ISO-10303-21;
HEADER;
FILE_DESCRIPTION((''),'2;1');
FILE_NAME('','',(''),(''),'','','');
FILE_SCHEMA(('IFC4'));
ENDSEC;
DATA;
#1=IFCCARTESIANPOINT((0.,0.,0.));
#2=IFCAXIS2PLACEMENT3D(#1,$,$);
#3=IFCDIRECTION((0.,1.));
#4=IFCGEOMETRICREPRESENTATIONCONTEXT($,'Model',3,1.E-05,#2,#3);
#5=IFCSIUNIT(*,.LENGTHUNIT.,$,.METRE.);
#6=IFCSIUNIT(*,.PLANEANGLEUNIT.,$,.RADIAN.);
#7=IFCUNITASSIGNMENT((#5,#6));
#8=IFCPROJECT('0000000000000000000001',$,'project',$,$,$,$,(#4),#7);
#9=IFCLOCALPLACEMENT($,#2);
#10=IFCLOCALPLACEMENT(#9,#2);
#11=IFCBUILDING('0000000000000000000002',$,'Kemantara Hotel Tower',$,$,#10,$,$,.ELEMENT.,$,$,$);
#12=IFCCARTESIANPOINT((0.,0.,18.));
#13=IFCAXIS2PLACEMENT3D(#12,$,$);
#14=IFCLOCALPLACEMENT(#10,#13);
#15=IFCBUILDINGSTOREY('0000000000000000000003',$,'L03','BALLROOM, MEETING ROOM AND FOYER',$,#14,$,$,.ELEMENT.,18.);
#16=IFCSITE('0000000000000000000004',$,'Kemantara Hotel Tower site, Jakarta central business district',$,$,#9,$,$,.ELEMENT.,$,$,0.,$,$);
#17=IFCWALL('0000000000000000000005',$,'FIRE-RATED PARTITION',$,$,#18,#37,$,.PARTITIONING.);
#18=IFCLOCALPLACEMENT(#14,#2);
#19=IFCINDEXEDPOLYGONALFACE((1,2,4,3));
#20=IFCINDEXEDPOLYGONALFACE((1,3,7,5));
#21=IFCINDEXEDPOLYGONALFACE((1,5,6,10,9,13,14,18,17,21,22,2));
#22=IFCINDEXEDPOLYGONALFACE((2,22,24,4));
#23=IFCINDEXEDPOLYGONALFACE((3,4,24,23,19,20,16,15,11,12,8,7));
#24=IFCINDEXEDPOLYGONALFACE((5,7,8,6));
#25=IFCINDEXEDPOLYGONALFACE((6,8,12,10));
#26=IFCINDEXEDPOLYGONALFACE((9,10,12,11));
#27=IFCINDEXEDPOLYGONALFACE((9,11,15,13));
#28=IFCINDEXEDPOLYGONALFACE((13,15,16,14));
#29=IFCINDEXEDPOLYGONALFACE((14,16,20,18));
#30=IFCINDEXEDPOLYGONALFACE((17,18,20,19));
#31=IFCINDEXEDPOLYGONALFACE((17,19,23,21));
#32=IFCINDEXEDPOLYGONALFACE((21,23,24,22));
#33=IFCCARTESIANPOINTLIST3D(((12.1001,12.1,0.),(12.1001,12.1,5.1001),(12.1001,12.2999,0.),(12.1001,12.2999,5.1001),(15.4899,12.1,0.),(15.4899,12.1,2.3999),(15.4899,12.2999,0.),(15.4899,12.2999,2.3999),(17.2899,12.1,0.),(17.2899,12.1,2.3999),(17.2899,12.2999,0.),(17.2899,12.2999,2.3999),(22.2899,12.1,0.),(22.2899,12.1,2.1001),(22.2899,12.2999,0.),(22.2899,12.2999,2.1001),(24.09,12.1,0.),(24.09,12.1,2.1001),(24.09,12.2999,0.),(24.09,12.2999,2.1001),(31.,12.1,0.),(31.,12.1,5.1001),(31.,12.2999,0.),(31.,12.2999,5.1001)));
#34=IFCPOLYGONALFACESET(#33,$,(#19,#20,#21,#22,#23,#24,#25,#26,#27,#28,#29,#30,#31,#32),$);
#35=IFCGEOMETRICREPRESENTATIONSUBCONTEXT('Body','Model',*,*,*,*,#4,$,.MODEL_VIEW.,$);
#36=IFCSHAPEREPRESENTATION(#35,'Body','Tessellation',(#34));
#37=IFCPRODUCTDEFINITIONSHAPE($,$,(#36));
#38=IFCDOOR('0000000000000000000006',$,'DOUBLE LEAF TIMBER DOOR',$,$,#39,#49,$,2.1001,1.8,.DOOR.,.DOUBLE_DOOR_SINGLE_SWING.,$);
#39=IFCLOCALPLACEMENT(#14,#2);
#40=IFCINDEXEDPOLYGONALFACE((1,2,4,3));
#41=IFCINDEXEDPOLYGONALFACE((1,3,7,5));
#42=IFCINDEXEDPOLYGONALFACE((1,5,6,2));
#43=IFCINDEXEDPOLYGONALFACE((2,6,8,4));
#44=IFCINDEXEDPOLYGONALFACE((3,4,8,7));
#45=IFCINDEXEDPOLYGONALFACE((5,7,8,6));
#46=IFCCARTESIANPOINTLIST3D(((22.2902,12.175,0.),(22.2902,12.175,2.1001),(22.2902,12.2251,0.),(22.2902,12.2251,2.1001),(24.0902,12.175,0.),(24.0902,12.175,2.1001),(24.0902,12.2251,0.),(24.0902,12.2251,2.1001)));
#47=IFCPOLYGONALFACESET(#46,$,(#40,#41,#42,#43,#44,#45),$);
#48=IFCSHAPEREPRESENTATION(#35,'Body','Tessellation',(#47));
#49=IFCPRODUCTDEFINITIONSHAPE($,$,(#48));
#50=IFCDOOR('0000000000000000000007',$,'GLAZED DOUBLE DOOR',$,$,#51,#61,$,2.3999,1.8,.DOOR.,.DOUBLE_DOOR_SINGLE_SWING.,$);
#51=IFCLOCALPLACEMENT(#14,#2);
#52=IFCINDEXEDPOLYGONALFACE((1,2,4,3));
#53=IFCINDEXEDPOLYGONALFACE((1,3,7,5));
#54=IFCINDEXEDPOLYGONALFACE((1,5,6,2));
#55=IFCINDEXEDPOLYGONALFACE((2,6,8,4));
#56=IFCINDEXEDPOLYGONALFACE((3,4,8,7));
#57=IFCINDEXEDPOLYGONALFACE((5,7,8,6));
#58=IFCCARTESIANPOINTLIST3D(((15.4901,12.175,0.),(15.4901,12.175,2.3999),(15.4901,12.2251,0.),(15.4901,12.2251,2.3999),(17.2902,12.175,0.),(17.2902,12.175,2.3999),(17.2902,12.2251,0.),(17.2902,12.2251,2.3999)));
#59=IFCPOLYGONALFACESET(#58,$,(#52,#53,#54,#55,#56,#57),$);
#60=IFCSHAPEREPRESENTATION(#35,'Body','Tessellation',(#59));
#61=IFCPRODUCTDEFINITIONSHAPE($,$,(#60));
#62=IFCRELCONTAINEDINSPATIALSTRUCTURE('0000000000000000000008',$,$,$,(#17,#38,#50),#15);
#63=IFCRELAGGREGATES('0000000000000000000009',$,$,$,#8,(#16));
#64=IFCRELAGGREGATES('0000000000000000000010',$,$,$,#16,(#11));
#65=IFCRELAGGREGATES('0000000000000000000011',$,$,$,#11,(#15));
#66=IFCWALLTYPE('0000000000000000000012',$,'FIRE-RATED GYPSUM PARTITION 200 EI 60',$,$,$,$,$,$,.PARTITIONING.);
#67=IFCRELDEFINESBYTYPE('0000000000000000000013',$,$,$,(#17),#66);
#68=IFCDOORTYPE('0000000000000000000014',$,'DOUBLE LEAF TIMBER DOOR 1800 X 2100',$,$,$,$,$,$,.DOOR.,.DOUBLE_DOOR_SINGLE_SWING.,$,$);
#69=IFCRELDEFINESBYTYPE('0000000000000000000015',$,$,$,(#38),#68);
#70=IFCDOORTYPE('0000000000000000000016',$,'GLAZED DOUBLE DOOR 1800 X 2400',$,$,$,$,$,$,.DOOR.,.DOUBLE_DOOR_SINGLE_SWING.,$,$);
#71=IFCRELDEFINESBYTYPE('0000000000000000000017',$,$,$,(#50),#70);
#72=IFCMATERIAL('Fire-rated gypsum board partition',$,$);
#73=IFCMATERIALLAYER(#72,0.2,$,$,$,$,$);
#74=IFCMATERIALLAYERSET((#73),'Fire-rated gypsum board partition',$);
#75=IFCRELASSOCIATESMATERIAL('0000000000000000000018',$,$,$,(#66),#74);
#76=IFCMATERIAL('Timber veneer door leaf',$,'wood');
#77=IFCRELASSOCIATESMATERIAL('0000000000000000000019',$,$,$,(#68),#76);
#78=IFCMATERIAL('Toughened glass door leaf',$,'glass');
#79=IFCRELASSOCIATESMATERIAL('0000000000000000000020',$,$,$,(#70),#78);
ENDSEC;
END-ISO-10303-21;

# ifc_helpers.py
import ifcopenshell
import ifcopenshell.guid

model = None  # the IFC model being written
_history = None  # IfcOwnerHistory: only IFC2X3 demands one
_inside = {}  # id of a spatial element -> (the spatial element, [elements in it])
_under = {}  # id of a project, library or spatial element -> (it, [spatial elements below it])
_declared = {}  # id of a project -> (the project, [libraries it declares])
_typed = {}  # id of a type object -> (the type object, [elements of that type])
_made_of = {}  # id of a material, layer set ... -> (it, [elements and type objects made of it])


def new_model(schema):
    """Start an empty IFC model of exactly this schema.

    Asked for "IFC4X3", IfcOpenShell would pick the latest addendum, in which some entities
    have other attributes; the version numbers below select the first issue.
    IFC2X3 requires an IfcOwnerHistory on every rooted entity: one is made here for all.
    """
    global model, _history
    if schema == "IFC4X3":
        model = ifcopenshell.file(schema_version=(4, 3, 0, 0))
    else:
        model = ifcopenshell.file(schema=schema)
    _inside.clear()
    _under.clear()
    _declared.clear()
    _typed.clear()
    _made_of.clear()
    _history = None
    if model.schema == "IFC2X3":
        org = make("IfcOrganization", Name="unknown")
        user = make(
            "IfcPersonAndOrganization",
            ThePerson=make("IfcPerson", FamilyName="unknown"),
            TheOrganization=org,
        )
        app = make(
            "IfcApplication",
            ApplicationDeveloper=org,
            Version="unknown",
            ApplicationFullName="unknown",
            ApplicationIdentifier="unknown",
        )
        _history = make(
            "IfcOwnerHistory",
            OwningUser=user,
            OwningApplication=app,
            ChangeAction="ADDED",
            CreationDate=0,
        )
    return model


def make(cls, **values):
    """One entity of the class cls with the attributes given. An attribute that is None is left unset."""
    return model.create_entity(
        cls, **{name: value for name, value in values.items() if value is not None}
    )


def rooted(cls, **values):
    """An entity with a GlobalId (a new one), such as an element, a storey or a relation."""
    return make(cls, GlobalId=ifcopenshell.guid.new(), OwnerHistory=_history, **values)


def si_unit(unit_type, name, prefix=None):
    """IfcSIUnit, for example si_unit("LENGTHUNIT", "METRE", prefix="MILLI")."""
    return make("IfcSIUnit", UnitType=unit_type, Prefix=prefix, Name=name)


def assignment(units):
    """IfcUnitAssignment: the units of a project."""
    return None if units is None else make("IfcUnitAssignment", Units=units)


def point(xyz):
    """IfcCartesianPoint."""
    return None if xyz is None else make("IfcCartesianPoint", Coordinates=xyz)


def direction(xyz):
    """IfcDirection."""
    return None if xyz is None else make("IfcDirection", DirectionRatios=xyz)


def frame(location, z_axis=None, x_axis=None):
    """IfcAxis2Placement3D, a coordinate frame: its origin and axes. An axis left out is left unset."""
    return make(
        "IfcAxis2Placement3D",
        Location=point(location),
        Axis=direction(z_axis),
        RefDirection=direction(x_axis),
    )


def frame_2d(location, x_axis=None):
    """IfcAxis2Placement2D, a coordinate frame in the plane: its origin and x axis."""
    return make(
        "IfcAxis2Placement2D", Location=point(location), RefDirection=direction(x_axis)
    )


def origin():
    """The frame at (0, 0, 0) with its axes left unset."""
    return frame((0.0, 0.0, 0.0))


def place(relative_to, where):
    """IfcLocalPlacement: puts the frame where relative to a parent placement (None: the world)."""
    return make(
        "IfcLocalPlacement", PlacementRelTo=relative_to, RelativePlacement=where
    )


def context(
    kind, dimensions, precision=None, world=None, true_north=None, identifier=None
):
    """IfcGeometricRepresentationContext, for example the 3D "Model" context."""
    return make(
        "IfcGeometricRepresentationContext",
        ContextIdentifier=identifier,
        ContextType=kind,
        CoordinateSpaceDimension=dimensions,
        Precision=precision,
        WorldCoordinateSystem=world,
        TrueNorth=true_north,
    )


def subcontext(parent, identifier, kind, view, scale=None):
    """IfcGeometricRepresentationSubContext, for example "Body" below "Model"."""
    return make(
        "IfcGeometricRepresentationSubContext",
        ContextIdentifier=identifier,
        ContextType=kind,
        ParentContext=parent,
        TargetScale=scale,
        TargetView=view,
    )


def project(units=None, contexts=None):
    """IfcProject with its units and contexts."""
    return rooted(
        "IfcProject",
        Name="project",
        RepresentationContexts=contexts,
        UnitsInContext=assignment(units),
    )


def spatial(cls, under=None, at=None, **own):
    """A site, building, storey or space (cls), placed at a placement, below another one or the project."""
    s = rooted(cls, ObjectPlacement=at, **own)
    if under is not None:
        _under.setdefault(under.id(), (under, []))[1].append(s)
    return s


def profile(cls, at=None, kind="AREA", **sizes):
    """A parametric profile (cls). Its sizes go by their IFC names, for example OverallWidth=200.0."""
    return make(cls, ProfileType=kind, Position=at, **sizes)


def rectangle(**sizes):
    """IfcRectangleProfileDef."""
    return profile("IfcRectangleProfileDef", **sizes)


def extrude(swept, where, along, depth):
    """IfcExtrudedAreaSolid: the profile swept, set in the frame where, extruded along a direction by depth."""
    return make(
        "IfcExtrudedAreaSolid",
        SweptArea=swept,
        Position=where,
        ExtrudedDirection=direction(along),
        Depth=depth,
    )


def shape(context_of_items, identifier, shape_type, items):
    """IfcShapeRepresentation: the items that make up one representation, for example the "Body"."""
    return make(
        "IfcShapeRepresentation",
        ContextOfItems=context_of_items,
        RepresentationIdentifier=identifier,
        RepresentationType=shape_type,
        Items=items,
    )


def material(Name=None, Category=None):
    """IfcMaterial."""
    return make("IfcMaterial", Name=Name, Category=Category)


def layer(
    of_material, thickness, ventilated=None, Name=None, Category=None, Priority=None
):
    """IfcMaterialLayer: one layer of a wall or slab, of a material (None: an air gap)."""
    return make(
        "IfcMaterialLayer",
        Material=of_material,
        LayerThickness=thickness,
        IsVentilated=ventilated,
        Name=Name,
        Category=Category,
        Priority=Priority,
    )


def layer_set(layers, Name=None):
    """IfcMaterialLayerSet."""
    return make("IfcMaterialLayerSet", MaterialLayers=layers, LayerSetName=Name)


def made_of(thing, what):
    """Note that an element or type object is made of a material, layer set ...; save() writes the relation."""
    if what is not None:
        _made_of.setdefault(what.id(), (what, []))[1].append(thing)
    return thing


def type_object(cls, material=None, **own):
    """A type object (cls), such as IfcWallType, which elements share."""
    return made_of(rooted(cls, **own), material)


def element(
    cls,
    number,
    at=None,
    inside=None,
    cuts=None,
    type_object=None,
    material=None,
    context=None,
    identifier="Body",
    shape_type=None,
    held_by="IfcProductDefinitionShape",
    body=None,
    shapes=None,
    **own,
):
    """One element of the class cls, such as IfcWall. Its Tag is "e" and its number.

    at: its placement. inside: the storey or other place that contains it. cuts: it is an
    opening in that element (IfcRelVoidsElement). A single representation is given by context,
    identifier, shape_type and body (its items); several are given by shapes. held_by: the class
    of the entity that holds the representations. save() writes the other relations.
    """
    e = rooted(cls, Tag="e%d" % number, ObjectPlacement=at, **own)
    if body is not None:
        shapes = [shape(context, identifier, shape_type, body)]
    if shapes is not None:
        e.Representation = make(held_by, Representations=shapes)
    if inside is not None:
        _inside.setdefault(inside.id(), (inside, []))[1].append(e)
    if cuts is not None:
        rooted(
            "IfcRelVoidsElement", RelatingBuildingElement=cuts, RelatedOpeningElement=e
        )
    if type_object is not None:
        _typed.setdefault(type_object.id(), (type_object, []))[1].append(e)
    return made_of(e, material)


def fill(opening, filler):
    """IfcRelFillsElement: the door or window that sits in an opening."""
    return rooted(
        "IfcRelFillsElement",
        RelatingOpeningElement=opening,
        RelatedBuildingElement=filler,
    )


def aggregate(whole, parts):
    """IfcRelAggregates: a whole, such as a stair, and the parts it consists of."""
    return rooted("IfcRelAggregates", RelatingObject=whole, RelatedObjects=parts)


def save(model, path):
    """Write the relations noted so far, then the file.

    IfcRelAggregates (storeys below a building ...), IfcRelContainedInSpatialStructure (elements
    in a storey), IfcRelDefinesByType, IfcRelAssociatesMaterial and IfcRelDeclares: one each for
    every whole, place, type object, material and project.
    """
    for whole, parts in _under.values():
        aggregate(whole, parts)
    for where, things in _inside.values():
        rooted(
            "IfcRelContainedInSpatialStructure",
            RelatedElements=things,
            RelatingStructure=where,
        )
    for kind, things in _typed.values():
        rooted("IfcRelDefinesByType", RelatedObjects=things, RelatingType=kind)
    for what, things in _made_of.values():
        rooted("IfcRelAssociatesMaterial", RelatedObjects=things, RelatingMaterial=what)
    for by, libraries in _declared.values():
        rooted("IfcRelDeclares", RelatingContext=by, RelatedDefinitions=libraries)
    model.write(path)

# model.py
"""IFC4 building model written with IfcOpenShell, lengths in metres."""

from ifc_helpers import new_model, si_unit, direction, frame, frame_2d, origin, place, context, subcontext, project, spatial, rectangle, extrude, material, layer, layer_set, type_object, element, fill, save


model = new_model("IFC4")

# Units and contexts
model_context = context("Model", 3, precision=1e-05, world=origin(), true_north=direction((0.0, 1.0)))
body_context = subcontext(model_context, "Body", "Model", "MODEL_VIEW")
ifc_project = project(units=[si_unit("LENGTHUNIT", "METRE"), si_unit("PLANEANGLEUNIT", "RADIAN")], contexts=[model_context])

# Site, building, storey
site_placement = place(None, origin())
site = spatial("IfcSite", under=ifc_project, at=site_placement, Name="Kemantara Hotel Tower site, Jakarta central business district", CompositionType="ELEMENT", RefElevation=0.0)
building_placement = place(site_placement, origin())
building = spatial("IfcBuilding", under=site, at=building_placement, Name="Kemantara Hotel Tower", CompositionType="ELEMENT")
storey_placement = place(building_placement, frame((0.0, 0.0, 18.0)))
storey = spatial("IfcBuildingStorey", under=building, at=storey_placement, Name="L03", Description="BALLROOM, MEETING ROOM AND FOYER", CompositionType="ELEMENT", Elevation=18.0)

# Wall, openings, doors
ifc_material_1 = material(Name="Fire-rated gypsum board partition")
ifc_layer_1 = layer(ifc_material_1, 0.2)
ifc_layer_set_1 = layer_set([ifc_layer_1], Name="Fire-rated gypsum board partition")
wall_type_1 = type_object("IfcWallType", Name="FIRE-RATED GYPSUM PARTITION 200 EI 60", PredefinedType="PARTITIONING", material=ifc_layer_set_1)
wall_1_placement = place(storey_placement, frame((12.1001, 12.2, 0.0), z_axis=(0.0, 0.0, 1.0), x_axis=(1.0, 0.0, 0.0)))
wall_1 = element("IfcWall", 1, at=wall_1_placement, inside=storey, type_object=wall_type_1, Name="FIRE-RATED PARTITION", PredefinedType="PARTITIONING", context=body_context, shape_type="SweptSolid", body=[
    extrude(rectangle(XDim=18.8999, YDim=0.2, at=frame_2d((9.45, 0.0))), origin(), (0.0, 0.0, 1.0), 5.1001),
])
opening_1_placement = place(wall_1_placement, frame((3.3899, 0.0, 0.0)))
opening_1 = element("IfcOpeningElement", 2, at=opening_1_placement, cuts=wall_1, PredefinedType="OPENING", context=body_context, shape_type="SweptSolid", body=[
    extrude(rectangle(XDim=1.8, YDim=2.3999, at=frame_2d((0.8999, 1.2))), frame((0.0, 0.1099, 0.0), z_axis=(0.0, -1.0, 0.0), x_axis=(1.0, 0.0, 0.0)), (0.0, 0.0, 1.0), 0.22),
])
opening_2_placement = place(wall_1_placement, frame((10.1899, 0.0, 0.0)))
opening_2 = element("IfcOpeningElement", 3, at=opening_2_placement, cuts=wall_1, PredefinedType="OPENING", context=body_context, shape_type="SweptSolid", body=[
    extrude(rectangle(XDim=1.8, YDim=2.1001, at=frame_2d((0.8999, 1.05))), frame((0.0, 0.1099, 0.0), z_axis=(0.0, -1.0, 0.0), x_axis=(1.0, 0.0, 0.0)), (0.0, 0.0, 1.0), 0.22),
])
ifc_material_2 = material(Name="Timber veneer door leaf", Category="wood")
door_type_1 = type_object("IfcDoorType", Name="DOUBLE LEAF TIMBER DOOR 1800 X 2100", OperationType="DOUBLE_DOOR_SINGLE_SWING", PredefinedType="DOOR", material=ifc_material_2)
door_1_placement = place(opening_2_placement, frame((1.8, 0.0, 0.0), z_axis=(0.0, 0.0, 1.0), x_axis=(-1.0, 0.0, 0.0)))
door_1 = element("IfcDoor", 4, at=door_1_placement, inside=storey, type_object=door_type_1, Name="DOUBLE LEAF TIMBER DOOR", OperationType="DOUBLE_DOOR_SINGLE_SWING", OverallHeight=2.1001, OverallWidth=1.8, PredefinedType="DOOR", context=body_context, shape_type="SweptSolid", body=[
    extrude(rectangle(XDim=1.8, YDim=2.1001, at=frame_2d((0.8999, 1.05))), frame((0.0, 0.0249, 0.0), z_axis=(0.0, -1.0, 0.0), x_axis=(1.0, 0.0, 0.0)), (0.0, 0.0, 1.0), 0.05),
])
fill(opening_2, door_1)
ifc_material_3 = material(Name="Toughened glass door leaf", Category="glass")
door_type_2 = type_object("IfcDoorType", Name="GLAZED DOUBLE DOOR 1800 X 2400", OperationType="DOUBLE_DOOR_SINGLE_SWING", PredefinedType="DOOR", material=ifc_material_3)
door_2_placement = place(opening_1_placement, frame((1.8, 0.0, 0.0), z_axis=(0.0, 0.0, 1.0), x_axis=(-1.0, 0.0, 0.0)))
door_2 = element("IfcDoor", 5, at=door_2_placement, inside=storey, type_object=door_type_2, Name="GLAZED DOUBLE DOOR", OperationType="DOUBLE_DOOR_SINGLE_SWING", OverallHeight=2.3999, OverallWidth=1.8, PredefinedType="DOOR", context=body_context, shape_type="SweptSolid", body=[
    extrude(rectangle(XDim=1.8, YDim=2.3999, at=frame_2d((0.8999, 1.2))), frame((0.0, 0.0249, 0.0), z_axis=(0.0, -1.0, 0.0), x_axis=(1.0, 0.0, 0.0)), (0.0, 0.0, 1.0), 0.05),
])
fill(opening_1, door_2)

save(model, "model.ifc")
